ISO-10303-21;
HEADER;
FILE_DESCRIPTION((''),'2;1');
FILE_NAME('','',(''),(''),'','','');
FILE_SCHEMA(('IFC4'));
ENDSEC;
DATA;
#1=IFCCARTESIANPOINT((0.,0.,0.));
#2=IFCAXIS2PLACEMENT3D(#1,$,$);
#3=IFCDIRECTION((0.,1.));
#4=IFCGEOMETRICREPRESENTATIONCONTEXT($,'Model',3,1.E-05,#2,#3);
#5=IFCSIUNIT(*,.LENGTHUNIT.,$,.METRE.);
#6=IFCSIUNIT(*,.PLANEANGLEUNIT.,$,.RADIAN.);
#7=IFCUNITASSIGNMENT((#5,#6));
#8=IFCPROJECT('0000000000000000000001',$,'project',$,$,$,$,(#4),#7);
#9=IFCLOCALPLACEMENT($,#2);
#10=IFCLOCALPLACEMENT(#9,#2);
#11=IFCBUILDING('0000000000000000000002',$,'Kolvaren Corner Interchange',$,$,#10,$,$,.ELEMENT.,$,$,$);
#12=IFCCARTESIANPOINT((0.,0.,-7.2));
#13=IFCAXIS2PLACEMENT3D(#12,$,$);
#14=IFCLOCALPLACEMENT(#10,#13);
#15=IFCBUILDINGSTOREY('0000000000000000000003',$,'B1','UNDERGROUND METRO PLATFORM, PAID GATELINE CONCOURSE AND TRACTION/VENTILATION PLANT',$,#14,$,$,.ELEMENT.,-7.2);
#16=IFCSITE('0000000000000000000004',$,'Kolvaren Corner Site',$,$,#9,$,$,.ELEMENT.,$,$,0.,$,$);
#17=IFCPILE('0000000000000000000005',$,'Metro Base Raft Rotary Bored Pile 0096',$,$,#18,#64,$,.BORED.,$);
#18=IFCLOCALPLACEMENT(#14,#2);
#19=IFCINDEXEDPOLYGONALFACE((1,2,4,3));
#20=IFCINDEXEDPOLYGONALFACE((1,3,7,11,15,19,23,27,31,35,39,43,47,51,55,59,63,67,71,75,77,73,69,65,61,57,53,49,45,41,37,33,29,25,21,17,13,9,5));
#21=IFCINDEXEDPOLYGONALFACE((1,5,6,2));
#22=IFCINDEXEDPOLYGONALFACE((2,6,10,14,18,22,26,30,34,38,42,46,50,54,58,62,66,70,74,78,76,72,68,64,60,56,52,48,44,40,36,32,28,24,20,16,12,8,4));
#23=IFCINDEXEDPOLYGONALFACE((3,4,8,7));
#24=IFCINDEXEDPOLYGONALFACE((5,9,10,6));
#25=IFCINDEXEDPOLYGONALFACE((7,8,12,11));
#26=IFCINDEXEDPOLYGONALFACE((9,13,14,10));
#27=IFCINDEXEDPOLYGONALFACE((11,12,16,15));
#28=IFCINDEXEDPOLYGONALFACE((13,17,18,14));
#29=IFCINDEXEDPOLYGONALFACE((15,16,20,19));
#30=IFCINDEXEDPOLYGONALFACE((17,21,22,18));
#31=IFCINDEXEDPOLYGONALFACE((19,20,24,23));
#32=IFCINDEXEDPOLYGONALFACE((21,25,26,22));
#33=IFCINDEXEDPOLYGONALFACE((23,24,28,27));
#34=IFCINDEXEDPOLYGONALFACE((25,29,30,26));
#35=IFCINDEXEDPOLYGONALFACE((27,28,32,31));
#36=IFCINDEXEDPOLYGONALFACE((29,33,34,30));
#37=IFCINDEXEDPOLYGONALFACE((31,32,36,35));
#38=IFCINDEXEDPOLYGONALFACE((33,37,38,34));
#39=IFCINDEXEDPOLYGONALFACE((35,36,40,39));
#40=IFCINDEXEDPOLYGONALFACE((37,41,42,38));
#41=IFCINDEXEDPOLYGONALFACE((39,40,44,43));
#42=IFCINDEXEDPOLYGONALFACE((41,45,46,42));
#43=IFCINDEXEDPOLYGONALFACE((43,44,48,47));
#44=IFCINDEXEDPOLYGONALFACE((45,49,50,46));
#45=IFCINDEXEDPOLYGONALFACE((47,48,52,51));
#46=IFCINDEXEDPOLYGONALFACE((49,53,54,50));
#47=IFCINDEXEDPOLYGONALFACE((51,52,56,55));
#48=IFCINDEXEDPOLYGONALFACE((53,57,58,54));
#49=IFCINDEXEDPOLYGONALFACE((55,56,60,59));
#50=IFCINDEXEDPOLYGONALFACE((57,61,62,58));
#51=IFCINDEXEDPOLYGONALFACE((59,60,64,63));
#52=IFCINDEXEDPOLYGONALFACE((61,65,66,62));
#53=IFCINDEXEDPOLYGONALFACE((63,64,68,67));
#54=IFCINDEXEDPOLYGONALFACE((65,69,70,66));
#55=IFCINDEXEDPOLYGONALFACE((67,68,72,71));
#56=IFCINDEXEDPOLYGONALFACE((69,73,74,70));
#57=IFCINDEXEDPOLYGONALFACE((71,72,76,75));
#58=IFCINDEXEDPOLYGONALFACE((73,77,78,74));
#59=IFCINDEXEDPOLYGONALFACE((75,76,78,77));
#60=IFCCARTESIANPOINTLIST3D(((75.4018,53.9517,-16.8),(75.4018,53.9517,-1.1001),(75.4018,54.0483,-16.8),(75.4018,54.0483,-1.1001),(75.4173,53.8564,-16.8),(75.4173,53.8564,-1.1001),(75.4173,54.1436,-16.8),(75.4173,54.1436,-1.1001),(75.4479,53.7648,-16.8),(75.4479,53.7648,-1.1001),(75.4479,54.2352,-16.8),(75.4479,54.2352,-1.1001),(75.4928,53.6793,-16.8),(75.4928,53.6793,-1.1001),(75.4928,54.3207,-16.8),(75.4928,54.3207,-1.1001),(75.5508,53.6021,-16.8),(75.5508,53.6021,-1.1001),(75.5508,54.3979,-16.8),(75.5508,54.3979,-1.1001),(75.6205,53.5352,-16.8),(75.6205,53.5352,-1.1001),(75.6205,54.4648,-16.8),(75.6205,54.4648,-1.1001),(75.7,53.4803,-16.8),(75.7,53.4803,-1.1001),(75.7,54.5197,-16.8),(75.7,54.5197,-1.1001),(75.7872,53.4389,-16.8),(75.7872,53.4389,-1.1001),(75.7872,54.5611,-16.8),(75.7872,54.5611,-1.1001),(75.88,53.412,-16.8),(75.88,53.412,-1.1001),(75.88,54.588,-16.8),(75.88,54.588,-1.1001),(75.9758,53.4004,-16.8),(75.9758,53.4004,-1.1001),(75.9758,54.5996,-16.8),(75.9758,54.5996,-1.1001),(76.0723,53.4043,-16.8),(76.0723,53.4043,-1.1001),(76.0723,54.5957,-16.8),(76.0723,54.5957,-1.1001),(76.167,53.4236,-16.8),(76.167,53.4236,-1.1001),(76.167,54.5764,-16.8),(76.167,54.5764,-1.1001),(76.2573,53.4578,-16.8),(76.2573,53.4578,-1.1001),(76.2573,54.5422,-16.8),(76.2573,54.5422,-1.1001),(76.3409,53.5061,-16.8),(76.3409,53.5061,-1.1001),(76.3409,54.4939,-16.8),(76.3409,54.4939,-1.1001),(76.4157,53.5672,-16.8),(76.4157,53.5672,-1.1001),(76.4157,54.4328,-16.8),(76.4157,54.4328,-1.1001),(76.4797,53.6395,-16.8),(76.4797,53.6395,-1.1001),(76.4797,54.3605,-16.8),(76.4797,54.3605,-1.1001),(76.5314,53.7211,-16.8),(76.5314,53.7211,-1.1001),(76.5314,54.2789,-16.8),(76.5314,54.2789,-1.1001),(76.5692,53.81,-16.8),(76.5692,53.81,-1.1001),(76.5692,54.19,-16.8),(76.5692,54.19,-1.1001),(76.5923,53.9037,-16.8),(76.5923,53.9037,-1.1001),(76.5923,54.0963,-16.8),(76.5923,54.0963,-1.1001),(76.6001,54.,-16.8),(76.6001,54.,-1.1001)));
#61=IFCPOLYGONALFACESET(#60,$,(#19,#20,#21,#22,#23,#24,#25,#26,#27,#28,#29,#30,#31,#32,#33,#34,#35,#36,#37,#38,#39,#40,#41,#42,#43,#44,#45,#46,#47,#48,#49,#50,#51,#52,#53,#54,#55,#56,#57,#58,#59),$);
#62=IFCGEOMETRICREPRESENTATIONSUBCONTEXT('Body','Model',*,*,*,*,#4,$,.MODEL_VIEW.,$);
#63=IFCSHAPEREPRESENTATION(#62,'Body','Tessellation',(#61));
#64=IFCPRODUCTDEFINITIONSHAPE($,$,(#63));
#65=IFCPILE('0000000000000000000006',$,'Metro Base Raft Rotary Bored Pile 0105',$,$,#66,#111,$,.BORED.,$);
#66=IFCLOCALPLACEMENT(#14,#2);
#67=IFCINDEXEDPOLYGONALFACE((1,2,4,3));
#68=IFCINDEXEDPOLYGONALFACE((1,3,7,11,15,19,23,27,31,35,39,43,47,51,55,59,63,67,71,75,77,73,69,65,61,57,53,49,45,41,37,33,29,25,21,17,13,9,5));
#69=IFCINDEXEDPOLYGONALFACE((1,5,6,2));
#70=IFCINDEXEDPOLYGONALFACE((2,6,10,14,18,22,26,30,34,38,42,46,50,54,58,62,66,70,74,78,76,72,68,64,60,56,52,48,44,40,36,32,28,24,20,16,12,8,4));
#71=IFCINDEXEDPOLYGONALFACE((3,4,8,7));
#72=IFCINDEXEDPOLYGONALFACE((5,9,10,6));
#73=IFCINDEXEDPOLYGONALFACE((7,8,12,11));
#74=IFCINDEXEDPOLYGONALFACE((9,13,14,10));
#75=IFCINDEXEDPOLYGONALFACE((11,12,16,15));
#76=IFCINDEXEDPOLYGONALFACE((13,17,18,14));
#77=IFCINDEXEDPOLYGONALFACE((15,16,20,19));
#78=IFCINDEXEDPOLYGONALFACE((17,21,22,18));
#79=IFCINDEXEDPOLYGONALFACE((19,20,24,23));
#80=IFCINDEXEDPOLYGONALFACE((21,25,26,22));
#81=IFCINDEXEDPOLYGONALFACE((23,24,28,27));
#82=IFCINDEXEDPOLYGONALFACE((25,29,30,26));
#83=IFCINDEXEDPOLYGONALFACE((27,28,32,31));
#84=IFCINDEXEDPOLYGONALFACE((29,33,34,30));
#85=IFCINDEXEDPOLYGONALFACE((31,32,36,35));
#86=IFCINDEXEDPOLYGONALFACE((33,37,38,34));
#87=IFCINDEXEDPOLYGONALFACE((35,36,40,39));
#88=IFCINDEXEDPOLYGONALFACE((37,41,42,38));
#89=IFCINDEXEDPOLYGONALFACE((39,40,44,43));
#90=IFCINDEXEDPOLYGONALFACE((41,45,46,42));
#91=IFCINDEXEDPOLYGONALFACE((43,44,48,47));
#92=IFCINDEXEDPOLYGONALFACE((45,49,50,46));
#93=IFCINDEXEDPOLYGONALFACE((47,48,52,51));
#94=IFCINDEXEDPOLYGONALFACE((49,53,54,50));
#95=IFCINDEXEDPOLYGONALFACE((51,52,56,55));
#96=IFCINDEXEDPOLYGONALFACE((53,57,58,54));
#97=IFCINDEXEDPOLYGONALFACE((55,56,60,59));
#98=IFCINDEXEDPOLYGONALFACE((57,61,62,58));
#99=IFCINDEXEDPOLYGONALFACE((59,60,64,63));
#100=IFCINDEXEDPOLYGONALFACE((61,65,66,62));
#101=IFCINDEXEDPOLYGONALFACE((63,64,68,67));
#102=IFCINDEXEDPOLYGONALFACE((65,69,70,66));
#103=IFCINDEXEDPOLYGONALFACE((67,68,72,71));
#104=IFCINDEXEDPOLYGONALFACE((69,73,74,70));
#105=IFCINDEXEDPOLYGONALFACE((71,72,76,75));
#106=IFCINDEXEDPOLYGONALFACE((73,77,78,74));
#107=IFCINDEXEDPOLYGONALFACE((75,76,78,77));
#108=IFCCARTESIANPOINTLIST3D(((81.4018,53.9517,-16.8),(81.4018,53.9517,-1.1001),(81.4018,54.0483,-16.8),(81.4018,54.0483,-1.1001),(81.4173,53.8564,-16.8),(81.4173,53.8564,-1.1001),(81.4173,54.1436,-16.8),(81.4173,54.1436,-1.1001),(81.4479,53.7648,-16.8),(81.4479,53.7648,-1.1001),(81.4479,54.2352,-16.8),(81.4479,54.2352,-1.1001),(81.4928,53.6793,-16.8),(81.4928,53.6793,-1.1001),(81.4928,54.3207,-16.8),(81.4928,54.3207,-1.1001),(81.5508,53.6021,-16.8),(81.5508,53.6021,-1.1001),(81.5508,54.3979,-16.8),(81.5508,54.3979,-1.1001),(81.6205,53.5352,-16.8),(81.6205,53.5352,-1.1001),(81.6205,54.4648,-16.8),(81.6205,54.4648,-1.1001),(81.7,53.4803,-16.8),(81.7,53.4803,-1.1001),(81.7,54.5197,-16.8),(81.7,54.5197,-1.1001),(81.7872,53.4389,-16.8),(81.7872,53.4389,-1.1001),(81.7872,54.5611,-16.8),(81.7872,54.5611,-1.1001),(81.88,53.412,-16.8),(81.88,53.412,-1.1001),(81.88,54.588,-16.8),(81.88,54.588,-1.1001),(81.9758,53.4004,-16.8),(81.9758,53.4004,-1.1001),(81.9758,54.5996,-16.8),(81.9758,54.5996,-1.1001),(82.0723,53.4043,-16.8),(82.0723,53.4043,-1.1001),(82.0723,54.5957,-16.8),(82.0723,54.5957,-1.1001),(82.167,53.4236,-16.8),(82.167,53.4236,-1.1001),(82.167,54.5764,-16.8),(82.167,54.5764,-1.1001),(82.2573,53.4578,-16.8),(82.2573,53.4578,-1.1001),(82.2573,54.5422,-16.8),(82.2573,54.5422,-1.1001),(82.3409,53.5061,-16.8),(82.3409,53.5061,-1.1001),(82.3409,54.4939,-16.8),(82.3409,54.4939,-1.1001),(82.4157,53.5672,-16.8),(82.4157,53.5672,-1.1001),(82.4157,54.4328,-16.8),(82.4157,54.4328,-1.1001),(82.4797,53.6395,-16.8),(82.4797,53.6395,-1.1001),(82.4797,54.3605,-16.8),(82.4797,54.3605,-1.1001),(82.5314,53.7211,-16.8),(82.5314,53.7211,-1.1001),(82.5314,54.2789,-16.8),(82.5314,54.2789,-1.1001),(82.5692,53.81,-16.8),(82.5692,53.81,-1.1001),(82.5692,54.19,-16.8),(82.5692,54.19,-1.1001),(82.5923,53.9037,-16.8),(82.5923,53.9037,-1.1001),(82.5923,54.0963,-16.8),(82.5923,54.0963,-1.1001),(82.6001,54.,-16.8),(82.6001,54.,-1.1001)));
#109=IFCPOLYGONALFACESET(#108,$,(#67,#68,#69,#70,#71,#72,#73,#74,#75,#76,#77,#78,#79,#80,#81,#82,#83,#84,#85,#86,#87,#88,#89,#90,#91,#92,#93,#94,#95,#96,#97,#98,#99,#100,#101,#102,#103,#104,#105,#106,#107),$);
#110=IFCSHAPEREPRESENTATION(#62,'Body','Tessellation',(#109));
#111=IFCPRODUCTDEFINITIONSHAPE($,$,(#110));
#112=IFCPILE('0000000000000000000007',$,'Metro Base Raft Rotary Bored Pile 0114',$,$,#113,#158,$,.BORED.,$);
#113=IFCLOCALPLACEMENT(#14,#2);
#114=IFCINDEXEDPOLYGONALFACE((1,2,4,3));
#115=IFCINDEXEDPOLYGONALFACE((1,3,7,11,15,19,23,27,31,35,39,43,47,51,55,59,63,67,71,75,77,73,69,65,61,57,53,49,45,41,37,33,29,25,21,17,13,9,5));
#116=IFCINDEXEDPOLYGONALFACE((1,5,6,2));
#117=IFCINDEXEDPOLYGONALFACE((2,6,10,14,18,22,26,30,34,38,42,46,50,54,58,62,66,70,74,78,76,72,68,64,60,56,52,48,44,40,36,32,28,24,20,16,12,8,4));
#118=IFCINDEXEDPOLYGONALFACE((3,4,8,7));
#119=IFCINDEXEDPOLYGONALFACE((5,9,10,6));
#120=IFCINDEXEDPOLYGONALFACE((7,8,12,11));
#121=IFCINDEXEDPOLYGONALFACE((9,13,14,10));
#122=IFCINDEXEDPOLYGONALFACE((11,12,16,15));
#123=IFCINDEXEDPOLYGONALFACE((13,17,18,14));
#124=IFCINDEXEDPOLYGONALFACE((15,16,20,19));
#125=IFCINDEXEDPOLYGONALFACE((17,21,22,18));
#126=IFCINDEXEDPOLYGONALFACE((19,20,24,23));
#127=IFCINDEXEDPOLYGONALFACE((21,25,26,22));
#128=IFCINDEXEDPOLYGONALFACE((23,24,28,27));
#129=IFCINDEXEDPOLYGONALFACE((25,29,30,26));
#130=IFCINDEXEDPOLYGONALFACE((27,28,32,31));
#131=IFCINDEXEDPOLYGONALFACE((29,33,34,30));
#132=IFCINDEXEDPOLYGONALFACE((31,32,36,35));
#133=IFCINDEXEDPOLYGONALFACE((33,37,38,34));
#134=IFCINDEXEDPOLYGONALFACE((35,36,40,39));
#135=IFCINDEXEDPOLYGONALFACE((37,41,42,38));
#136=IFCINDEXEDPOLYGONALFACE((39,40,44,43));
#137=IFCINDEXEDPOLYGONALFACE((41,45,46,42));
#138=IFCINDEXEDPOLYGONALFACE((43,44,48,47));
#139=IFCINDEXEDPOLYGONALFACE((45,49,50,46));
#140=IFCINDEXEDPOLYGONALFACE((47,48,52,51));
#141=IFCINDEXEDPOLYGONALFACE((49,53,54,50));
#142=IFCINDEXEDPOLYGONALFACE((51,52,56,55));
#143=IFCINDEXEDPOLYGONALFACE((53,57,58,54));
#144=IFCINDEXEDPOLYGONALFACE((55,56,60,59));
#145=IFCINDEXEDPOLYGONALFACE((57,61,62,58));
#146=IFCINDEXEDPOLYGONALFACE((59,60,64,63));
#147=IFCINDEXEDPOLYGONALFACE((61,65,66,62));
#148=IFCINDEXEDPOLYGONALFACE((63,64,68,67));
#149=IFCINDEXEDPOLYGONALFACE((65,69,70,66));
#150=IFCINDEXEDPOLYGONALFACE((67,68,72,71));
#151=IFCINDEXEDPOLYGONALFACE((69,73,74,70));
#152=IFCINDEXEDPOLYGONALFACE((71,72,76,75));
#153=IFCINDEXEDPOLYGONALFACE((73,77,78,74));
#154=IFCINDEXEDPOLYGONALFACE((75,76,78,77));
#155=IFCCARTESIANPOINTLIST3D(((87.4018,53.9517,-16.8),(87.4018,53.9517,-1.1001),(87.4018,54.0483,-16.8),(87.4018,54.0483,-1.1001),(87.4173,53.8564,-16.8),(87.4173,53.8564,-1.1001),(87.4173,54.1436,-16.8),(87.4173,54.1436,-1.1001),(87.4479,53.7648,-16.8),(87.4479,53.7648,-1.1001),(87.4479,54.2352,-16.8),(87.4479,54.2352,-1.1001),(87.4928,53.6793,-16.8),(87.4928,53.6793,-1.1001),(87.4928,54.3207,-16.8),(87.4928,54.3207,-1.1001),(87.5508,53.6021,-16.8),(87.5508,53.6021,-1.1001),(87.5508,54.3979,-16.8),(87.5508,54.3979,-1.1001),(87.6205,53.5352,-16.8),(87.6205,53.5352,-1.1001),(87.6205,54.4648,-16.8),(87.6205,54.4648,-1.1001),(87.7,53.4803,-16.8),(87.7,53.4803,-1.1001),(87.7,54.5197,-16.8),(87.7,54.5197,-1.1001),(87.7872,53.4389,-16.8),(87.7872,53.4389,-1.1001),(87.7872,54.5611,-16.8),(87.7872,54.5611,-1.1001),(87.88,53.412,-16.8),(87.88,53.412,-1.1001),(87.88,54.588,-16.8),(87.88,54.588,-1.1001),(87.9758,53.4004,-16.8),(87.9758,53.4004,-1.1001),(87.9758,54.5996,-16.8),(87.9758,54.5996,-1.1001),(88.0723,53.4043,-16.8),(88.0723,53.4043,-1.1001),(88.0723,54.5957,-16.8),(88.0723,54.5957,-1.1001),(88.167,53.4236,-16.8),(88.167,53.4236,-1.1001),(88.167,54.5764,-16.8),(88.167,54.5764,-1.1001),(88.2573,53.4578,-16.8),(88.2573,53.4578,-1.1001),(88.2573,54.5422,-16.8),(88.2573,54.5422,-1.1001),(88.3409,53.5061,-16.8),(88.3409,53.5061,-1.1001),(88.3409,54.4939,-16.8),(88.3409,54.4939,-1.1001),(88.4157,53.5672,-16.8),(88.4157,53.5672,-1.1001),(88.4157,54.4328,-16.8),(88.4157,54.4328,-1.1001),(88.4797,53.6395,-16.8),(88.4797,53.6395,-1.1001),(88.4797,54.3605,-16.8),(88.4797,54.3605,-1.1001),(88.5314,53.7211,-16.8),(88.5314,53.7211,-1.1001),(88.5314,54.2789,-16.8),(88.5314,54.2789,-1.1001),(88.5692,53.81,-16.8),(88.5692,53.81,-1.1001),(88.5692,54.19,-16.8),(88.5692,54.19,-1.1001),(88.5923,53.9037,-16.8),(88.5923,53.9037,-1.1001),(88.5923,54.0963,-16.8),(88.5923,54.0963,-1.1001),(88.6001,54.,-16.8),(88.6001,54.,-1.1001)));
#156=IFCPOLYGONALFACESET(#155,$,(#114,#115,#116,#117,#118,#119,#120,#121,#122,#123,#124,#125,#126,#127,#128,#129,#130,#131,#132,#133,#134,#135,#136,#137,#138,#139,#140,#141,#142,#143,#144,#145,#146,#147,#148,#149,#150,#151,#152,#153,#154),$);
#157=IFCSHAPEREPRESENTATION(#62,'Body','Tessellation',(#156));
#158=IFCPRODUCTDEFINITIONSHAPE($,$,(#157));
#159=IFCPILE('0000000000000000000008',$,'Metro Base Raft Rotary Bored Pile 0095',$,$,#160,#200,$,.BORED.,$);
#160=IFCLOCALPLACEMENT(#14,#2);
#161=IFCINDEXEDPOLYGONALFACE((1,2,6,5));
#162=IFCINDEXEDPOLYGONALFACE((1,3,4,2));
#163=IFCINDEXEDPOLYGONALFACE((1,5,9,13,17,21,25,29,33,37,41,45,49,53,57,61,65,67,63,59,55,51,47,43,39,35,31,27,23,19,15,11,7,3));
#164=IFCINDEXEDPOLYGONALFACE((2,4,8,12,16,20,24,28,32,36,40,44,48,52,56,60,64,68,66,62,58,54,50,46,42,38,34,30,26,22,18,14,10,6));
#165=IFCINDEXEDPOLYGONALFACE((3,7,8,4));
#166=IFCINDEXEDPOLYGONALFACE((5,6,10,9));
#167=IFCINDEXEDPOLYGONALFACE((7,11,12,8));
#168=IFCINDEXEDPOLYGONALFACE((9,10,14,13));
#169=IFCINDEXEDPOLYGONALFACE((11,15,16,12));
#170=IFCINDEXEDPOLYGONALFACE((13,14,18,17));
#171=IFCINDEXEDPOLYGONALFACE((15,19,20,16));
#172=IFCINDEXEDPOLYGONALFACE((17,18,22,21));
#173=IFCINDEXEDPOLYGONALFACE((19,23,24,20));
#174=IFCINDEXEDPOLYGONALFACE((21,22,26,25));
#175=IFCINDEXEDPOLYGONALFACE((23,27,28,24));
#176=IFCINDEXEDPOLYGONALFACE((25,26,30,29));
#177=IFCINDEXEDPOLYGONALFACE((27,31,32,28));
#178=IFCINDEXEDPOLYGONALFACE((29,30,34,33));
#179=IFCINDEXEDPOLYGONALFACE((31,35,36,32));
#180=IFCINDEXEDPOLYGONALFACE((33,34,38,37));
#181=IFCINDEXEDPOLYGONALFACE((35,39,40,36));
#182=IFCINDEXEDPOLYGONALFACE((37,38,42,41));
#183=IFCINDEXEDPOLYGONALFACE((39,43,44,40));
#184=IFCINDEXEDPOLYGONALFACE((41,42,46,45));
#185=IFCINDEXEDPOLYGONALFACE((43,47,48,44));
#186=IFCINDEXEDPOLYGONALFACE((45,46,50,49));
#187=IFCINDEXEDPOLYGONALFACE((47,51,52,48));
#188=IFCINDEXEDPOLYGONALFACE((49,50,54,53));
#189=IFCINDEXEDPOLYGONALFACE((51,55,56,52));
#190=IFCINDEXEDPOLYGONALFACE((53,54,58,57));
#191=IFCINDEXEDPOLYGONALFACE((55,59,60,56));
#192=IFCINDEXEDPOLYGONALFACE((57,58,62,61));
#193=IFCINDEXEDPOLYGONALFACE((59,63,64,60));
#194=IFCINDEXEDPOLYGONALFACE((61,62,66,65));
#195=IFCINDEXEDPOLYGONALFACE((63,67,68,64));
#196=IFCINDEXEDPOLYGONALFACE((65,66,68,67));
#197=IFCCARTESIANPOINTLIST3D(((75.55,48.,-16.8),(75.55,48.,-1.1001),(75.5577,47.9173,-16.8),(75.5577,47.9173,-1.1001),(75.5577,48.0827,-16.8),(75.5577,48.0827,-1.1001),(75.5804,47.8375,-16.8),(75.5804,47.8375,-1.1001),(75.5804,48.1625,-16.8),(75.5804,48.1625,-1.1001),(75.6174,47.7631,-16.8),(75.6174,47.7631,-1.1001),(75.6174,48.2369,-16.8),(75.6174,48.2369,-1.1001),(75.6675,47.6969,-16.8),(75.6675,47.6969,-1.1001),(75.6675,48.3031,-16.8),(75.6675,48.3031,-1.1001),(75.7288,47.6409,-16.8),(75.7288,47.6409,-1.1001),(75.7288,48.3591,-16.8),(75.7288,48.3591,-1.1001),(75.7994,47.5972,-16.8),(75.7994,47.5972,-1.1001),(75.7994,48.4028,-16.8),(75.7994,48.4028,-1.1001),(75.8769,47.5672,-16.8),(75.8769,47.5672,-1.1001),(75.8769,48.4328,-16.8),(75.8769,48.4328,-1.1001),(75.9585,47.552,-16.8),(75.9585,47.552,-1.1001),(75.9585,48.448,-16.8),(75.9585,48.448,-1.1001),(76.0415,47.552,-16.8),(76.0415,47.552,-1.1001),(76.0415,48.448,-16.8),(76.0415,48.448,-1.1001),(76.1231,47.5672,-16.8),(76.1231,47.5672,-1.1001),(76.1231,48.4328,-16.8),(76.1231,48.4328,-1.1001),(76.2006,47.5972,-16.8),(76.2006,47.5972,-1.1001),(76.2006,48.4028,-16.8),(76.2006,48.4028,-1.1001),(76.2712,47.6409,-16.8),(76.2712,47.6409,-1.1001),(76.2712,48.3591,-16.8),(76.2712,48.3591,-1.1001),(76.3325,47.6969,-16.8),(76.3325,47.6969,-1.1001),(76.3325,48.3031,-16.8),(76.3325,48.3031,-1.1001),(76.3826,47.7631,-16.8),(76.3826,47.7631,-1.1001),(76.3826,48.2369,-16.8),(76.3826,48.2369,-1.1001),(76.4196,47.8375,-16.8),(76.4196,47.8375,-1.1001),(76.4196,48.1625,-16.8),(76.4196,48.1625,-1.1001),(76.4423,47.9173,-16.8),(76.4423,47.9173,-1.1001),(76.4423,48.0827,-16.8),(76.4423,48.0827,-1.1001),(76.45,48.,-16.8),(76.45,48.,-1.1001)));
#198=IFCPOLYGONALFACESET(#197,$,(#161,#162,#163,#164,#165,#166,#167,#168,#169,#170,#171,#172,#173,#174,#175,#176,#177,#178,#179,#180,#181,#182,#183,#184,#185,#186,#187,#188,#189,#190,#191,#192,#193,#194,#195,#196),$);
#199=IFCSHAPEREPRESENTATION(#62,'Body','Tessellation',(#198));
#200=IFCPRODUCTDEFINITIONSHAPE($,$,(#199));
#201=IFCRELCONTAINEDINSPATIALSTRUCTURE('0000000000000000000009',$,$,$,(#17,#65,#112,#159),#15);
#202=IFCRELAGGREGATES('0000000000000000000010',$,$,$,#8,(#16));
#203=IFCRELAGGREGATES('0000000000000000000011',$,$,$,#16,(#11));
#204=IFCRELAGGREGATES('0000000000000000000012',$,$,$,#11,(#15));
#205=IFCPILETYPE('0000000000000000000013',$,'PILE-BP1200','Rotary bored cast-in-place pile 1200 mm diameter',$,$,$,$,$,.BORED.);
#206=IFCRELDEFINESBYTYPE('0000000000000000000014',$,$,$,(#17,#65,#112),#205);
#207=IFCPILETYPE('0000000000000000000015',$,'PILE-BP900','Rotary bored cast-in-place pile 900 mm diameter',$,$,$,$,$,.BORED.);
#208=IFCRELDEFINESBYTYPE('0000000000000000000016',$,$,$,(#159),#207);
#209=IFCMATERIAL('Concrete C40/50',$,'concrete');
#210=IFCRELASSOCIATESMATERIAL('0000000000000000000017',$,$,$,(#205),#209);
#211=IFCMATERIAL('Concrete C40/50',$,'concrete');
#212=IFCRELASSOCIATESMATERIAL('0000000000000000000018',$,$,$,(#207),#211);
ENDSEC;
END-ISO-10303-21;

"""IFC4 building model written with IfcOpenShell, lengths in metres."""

from ifc_helpers import new_model, si_unit, direction, frame, origin, origin_2d, place, context, subcontext, project, spatial, circle, extrude, material, material_profile, profile_set, type_object, element, save


model = new_model("IFC4")

# Units and contexts
model_context = context("Model", 3, precision=1e-05, world=origin(), true_north=direction((0.0, 1.0)))
body_context = subcontext(model_context, "Body", "Model", "MODEL_VIEW")
ifc_project = project(units=[si_unit("LENGTHUNIT", "METRE"), si_unit("PLANEANGLEUNIT", "RADIAN")], contexts=[model_context])

# Site, building, storey
site_placement = place(None, origin())
site = spatial("IfcSite", under=ifc_project, at=site_placement, Name="Kolvaren Corner Site", CompositionType="ELEMENT", RefElevation=0.0)
building_placement = place(site_placement, origin())
building = spatial("IfcBuilding", under=site, at=building_placement, Name="Kolvaren Corner Interchange", CompositionType="ELEMENT")
storey_placement = place(building_placement, frame((0.0, 0.0, -7.2)))
storey = spatial("IfcBuildingStorey", under=building, at=storey_placement, Name="B1", Description="UNDERGROUND METRO PLATFORM, PAID GATELINE CONCOURSE AND TRACTION/VENTILATION PLANT", CompositionType="ELEMENT", Elevation=-7.2)

# Piles
ifc_material_1 = material(Name="Concrete C40/50", Category="concrete")
ifc_material_profile_1 = material_profile(ifc_material_1, circle(Radius=0.6001, at=origin_2d()), Name="BORED PILE 1200")
ifc_profile_set_1 = profile_set([ifc_material_profile_1], Name="Concrete C40/50")
pile_type_1 = type_object("IfcPileType", Name="PILE-BP1200", Description="Rotary bored cast-in-place pile 1200 mm diameter", PredefinedType="BORED", material=ifc_profile_set_1)
for number, where, z_axis, x_axis, name in (
    (1, (76.0, 54.0, -1.1001), (0.0, 0.0, -1.0), (1.0, 0.0, 0.0), "Metro Base Raft Rotary Bored Pile 0096"),
    (2, (82.0, 54.0, -1.1001), (0.0, 0.0, -1.0), (1.0, 0.0, 0.0), "Metro Base Raft Rotary Bored Pile 0105"),
    (3, (88.0, 54.0, -1.1001), (0.0, 0.0, -1.0), (1.0, 0.0, 0.0), "Metro Base Raft Rotary Bored Pile 0114"),
):
    element("IfcPile", number, at=place(storey_placement, frame(where, z_axis=z_axis, x_axis=x_axis)), inside=storey, type_object=pile_type_1, Name=name, PredefinedType="BORED", context=body_context, shape_type="SweptSolid", body=[
        extrude(circle(Radius=0.6001, at=origin_2d()), origin(), (0.0, 0.0, 1.0), 15.7),
    ])
ifc_material_2 = material(Name="Concrete C40/50", Category="concrete")
ifc_material_profile_2 = material_profile(ifc_material_2, circle(Radius=0.45, at=origin_2d()), Name="BORED PILE 900")
ifc_profile_set_2 = profile_set([ifc_material_profile_2], Name="Concrete C40/50")
pile_type_2 = type_object("IfcPileType", Name="PILE-BP900", Description="Rotary bored cast-in-place pile 900 mm diameter", PredefinedType="BORED", material=ifc_profile_set_2)
for number, where, z_axis, x_axis, name in (
    (4, (76.0, 48.0, -1.1001), (0.0, 0.0, -1.0), (1.0, 0.0, 0.0), "Metro Base Raft Rotary Bored Pile 0095"),
):
    element("IfcPile", number, at=place(storey_placement, frame(where, z_axis=z_axis, x_axis=x_axis)), inside=storey, type_object=pile_type_2, Name=name, PredefinedType="BORED", context=body_context, shape_type="SweptSolid", body=[
        extrude(circle(Radius=0.45, at=origin_2d()), origin(), (0.0, 0.0, 1.0), 15.7),
    ])

save(model, "model.ifc")
